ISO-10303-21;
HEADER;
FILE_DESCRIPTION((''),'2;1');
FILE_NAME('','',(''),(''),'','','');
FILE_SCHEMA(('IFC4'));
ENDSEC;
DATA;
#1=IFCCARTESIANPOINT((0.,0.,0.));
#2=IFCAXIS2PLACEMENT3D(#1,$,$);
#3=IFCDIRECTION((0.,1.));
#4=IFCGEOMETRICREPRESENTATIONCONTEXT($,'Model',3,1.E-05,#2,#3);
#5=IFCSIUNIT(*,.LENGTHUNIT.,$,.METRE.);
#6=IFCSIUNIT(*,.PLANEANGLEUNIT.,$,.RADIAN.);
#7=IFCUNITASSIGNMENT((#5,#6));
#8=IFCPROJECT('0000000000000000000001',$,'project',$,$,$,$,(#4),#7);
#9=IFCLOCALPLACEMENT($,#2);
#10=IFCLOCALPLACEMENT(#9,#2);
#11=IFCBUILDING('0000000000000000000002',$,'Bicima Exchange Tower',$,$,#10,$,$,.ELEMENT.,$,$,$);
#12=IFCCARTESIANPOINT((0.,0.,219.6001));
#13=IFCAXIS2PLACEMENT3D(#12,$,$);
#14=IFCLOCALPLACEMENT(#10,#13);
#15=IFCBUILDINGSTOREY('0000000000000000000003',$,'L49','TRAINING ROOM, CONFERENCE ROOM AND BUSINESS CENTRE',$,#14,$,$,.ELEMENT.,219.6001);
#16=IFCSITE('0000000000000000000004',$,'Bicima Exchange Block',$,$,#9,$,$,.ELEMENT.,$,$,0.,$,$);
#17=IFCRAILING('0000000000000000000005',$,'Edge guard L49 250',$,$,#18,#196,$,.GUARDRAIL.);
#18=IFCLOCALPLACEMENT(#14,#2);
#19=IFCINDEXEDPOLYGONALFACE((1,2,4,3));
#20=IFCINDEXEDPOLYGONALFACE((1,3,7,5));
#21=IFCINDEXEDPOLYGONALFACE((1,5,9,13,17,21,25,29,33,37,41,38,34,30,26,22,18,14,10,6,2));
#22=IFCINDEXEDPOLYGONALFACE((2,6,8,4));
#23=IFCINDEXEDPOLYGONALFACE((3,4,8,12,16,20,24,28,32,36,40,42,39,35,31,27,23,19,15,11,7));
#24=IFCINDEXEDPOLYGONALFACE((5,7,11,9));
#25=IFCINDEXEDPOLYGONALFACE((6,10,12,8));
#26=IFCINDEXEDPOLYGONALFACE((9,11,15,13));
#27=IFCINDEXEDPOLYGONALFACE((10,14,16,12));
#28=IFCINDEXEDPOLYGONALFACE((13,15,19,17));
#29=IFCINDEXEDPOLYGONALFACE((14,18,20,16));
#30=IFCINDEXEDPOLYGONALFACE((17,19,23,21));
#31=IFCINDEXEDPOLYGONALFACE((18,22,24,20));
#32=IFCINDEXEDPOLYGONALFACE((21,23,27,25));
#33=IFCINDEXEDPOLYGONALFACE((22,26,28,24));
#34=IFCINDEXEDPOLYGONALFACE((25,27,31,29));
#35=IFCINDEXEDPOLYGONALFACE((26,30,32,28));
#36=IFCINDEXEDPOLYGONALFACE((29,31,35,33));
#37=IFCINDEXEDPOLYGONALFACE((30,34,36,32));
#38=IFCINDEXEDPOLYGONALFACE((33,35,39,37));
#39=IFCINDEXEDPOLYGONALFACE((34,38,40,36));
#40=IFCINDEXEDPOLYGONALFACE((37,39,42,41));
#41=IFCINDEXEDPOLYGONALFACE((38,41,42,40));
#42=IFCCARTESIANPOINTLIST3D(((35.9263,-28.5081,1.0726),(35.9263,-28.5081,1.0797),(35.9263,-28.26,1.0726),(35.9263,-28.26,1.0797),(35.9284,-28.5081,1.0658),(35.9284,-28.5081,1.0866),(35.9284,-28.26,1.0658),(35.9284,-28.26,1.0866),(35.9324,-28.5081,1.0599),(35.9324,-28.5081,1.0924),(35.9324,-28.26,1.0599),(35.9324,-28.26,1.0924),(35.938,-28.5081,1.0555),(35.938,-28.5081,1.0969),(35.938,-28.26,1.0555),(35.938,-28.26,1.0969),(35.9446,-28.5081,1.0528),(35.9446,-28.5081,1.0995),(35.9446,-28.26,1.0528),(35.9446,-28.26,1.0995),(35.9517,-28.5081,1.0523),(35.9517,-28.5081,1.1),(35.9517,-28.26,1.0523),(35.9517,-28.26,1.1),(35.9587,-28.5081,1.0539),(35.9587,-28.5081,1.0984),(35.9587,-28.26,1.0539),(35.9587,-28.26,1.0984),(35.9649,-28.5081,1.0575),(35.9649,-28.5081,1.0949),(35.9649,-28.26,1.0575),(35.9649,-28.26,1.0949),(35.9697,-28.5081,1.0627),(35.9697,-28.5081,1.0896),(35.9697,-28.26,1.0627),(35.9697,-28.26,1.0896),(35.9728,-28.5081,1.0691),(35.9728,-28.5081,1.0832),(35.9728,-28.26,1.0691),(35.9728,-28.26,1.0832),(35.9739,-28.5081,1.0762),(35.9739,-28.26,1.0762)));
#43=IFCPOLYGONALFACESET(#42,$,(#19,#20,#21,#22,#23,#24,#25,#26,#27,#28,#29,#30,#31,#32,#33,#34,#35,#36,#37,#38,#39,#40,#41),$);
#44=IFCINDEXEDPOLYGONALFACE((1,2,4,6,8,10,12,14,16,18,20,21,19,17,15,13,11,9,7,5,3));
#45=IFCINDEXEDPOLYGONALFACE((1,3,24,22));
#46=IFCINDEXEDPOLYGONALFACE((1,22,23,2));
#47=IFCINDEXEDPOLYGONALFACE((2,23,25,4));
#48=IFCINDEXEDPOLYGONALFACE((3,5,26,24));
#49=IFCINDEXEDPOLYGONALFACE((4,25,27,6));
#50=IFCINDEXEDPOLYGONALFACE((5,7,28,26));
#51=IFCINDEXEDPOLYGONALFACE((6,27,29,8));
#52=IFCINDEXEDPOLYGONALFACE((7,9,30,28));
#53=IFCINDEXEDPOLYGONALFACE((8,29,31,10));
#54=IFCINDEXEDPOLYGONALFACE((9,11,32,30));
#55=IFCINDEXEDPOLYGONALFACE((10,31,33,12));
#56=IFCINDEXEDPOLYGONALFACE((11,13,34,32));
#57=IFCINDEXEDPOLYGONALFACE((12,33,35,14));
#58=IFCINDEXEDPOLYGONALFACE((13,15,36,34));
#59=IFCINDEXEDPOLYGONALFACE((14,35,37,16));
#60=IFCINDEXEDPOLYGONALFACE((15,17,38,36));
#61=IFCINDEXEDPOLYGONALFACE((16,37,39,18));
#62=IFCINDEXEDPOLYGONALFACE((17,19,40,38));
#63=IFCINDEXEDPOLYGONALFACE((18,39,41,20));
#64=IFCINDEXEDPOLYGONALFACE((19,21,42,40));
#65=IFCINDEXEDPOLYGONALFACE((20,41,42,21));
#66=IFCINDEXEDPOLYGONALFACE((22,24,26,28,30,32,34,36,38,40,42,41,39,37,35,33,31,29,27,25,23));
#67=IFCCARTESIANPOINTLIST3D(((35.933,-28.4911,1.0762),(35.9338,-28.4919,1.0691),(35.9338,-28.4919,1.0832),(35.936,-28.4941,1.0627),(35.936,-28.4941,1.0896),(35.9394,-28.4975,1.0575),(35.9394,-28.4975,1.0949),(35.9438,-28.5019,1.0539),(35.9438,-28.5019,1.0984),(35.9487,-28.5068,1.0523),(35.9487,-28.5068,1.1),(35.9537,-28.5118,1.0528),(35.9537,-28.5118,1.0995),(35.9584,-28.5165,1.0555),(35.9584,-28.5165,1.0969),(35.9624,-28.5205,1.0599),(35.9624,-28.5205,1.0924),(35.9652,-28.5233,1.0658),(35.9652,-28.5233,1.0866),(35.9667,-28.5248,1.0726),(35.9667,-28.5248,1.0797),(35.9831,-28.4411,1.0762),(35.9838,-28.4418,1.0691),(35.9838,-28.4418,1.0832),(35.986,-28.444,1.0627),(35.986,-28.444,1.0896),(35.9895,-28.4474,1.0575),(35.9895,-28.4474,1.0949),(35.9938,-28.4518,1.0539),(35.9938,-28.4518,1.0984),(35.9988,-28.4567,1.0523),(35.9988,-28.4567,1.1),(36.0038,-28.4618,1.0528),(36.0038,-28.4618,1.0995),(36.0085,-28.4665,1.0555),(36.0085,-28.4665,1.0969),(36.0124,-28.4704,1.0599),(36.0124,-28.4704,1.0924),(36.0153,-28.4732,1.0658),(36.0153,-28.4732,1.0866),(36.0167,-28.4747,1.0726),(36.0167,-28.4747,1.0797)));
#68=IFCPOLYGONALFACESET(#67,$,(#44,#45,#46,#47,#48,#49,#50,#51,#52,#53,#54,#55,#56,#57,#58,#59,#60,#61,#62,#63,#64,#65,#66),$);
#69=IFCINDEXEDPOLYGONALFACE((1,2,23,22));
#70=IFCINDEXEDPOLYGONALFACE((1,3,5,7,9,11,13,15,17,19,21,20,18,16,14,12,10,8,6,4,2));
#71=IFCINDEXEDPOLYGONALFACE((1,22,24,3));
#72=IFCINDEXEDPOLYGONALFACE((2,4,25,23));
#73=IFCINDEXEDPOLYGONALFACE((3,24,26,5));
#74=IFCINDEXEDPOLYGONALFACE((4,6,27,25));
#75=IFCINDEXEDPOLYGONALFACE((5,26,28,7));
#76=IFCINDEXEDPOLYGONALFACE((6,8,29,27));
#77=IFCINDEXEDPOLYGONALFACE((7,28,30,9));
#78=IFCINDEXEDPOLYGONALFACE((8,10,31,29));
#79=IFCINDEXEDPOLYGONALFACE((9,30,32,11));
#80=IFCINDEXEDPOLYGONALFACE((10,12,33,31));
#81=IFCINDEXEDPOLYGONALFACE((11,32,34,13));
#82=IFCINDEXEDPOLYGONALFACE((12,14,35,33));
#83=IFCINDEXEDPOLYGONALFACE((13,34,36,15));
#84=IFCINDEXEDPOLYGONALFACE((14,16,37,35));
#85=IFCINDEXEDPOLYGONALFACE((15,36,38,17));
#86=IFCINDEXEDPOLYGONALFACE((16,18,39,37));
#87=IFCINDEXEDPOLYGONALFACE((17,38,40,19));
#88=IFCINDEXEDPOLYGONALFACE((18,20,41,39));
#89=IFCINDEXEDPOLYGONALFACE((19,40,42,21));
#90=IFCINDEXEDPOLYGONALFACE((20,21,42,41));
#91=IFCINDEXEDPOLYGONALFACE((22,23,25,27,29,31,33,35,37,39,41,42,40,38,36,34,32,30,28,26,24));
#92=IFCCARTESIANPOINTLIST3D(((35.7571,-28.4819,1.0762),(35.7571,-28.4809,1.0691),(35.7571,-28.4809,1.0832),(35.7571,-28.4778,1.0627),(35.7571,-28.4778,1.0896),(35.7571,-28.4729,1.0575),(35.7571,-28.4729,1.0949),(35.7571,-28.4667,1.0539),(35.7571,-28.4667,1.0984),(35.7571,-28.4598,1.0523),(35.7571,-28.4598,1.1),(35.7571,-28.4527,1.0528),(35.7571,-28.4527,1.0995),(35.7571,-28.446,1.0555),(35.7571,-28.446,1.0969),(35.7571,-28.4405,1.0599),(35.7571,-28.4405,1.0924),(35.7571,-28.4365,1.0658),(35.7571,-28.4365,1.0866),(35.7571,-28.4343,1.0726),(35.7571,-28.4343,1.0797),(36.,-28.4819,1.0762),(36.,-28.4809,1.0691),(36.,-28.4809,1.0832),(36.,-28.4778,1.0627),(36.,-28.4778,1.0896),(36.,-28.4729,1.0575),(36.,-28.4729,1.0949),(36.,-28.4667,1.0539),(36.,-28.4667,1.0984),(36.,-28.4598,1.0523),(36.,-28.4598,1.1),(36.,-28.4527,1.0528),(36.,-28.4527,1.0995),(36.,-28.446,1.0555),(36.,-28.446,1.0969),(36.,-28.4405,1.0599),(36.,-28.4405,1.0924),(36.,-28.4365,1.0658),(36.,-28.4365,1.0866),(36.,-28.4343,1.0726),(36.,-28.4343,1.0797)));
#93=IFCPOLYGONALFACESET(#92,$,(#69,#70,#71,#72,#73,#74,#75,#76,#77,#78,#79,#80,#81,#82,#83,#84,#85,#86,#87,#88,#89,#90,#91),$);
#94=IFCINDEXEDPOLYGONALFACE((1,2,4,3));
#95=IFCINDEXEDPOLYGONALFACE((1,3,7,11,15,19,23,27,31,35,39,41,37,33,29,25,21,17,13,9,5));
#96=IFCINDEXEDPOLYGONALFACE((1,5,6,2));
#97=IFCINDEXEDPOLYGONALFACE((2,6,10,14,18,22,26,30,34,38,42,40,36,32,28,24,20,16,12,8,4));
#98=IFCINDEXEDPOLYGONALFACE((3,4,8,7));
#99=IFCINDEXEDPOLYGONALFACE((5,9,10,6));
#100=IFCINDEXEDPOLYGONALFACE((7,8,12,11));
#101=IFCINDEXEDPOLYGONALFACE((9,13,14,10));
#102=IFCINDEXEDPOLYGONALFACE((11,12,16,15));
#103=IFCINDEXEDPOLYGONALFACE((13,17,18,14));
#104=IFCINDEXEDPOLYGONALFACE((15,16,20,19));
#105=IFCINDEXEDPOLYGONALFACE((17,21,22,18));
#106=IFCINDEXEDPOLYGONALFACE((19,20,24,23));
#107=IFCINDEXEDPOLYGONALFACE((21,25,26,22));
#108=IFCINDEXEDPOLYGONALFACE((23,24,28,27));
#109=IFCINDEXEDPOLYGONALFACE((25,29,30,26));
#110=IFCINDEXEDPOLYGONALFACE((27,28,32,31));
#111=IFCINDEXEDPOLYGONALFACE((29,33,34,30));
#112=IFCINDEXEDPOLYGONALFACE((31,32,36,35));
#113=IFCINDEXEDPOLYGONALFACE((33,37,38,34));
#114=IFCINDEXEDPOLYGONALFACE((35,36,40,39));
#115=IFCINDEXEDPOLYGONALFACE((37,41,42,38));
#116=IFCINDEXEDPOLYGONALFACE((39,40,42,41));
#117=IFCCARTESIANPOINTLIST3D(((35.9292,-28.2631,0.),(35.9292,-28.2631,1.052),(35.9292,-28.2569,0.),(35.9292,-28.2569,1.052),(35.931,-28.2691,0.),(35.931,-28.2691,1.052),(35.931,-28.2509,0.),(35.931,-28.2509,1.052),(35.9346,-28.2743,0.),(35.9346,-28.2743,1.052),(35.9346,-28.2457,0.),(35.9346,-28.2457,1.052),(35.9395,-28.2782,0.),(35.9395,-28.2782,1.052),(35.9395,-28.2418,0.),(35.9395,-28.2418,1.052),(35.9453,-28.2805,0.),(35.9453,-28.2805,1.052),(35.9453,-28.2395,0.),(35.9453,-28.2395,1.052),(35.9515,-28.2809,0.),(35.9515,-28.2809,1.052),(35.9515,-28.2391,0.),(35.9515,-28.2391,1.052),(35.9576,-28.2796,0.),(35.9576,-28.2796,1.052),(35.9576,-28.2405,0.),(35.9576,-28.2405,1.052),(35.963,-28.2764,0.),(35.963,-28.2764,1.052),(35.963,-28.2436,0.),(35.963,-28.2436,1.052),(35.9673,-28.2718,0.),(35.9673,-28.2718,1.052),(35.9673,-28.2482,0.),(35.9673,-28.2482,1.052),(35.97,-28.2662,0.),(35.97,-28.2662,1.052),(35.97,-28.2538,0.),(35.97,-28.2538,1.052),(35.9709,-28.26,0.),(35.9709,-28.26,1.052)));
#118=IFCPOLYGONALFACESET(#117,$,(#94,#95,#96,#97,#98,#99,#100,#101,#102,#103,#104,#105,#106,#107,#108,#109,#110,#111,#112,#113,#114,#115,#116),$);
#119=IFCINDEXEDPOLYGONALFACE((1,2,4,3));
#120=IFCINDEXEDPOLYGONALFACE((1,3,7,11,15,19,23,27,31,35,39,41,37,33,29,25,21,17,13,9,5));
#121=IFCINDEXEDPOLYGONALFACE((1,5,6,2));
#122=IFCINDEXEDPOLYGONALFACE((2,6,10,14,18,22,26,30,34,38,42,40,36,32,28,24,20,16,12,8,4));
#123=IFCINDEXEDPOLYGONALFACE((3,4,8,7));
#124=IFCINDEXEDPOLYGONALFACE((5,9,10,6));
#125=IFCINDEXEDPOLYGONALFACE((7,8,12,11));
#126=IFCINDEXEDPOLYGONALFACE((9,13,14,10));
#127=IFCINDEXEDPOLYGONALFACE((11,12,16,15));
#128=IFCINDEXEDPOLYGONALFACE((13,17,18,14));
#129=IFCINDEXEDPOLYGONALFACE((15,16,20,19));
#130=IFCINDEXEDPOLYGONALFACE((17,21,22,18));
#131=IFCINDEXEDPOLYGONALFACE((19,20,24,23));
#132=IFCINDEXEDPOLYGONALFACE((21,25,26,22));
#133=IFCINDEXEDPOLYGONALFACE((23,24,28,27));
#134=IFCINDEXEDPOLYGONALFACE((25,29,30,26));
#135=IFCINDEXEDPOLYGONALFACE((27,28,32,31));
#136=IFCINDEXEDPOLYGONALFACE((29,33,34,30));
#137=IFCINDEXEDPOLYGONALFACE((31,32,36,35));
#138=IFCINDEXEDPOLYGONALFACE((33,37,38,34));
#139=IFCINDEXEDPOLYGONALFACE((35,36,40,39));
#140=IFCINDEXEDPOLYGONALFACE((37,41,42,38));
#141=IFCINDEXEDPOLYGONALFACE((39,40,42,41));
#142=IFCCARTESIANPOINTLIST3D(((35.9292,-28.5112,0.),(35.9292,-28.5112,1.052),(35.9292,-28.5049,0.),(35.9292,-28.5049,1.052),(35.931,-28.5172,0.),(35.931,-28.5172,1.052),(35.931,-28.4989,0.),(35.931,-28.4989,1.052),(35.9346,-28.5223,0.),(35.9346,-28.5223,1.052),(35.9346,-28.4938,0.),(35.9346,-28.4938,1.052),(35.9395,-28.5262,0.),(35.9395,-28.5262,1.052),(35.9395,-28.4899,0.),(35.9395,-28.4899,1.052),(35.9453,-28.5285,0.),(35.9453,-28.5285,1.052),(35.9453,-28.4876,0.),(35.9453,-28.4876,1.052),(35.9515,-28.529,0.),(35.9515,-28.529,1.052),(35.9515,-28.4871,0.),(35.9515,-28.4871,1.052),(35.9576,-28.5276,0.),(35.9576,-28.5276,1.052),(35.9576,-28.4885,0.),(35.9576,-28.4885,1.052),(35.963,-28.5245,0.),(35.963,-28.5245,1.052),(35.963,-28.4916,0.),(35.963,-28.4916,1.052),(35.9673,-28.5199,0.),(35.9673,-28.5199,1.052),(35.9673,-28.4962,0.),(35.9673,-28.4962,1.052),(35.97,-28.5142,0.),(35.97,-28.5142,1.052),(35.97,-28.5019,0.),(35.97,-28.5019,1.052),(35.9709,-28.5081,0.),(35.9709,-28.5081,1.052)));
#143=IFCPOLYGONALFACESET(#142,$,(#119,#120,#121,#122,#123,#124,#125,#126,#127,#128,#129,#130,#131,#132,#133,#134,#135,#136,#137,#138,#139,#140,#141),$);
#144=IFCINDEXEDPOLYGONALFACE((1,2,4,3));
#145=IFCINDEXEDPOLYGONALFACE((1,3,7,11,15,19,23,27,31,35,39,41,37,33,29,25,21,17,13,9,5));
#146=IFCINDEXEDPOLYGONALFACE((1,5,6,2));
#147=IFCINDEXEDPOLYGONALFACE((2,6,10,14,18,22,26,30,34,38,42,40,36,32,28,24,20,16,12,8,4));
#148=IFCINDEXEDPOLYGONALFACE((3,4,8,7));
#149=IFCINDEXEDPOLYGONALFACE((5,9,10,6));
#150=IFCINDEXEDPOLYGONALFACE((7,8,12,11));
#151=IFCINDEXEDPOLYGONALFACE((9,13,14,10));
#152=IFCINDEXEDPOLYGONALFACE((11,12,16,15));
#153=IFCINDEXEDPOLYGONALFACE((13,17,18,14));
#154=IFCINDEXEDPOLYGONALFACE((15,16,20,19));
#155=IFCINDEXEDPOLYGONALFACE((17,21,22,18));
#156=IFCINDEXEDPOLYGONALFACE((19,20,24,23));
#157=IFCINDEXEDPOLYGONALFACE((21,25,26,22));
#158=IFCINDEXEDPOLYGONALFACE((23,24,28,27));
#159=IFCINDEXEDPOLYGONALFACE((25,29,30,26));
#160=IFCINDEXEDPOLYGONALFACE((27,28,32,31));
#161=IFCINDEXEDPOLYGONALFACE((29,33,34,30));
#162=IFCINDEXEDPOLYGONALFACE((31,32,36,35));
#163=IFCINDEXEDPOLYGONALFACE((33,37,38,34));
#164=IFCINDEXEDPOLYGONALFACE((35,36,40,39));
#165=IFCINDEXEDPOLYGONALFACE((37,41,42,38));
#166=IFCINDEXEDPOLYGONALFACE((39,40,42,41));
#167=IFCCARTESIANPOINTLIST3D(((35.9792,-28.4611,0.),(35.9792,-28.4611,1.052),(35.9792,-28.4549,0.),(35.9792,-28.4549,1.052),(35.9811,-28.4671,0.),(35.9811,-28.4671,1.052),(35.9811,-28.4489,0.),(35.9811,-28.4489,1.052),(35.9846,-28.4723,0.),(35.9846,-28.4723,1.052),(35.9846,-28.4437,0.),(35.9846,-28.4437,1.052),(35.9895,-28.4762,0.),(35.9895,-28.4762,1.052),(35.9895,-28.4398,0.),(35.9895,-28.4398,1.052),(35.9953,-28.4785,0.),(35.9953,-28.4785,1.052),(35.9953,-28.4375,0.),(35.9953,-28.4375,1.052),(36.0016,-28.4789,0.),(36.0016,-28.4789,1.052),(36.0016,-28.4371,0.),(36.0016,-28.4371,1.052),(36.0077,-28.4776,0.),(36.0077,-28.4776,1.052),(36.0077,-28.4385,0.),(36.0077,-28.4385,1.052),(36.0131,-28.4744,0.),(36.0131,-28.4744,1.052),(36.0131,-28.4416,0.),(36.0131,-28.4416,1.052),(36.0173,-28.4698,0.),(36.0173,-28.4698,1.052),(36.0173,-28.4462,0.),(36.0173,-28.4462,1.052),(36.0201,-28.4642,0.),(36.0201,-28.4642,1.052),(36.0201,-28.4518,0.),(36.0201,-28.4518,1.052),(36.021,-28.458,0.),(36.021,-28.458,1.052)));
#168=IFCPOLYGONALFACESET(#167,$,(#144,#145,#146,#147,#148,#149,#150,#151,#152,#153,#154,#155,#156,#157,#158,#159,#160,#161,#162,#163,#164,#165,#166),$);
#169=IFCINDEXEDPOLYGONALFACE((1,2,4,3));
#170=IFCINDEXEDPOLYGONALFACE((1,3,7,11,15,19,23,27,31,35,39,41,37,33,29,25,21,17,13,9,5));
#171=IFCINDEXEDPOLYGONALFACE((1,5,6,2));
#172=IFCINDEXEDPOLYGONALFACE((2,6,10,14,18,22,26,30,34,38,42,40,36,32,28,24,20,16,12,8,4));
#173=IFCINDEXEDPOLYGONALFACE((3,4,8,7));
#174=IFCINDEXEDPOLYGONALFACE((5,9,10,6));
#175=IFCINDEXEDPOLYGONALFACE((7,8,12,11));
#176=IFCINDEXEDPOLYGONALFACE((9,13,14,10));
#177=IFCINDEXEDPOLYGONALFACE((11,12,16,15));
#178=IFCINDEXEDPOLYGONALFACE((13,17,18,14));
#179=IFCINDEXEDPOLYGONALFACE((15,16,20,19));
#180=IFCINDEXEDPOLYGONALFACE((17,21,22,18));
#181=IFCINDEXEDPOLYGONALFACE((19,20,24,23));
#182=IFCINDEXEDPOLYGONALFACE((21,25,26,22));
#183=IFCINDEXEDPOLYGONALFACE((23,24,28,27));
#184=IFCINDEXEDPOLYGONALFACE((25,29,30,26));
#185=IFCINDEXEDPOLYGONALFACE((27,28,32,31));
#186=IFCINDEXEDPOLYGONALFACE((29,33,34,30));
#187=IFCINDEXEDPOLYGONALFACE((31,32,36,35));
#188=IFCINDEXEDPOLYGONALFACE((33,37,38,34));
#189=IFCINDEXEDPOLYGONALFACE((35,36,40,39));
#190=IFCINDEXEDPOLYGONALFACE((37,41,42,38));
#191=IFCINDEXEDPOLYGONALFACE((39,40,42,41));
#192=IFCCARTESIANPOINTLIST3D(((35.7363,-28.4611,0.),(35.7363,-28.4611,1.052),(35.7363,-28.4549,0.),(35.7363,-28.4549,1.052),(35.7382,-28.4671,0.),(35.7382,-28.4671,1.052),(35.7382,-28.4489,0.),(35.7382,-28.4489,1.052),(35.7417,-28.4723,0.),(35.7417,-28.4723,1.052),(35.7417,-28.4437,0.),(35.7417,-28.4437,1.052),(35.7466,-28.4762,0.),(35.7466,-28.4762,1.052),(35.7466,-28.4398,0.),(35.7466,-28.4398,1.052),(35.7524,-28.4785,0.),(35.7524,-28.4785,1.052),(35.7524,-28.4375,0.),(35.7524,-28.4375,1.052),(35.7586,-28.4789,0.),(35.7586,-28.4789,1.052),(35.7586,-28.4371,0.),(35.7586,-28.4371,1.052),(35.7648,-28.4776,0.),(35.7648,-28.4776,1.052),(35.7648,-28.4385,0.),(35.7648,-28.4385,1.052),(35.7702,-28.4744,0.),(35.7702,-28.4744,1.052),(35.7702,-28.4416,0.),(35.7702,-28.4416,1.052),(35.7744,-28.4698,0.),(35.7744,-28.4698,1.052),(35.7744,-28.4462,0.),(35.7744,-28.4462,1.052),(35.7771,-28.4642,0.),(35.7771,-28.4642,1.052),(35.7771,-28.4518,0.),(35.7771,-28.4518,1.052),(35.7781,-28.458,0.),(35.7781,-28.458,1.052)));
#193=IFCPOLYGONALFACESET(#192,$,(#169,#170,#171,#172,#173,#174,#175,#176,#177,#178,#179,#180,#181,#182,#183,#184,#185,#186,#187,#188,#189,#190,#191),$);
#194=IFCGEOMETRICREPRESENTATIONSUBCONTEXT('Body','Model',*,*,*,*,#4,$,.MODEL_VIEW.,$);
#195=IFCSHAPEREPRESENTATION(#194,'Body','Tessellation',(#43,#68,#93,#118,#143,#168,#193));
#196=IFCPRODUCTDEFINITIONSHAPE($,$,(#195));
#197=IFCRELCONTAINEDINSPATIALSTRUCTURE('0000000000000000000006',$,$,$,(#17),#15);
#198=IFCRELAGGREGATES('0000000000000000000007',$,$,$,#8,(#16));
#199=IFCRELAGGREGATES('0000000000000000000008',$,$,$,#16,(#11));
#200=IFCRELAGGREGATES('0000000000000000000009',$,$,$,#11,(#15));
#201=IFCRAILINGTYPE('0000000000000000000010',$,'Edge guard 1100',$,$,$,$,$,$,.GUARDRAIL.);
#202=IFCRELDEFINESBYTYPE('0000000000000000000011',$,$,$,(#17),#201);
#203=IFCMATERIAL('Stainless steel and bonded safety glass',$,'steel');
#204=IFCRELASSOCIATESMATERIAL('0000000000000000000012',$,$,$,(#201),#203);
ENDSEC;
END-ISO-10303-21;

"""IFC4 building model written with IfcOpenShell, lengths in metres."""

from ifc_helpers import new_model, si_unit, direction, frame, origin, origin_2d, place, context, subcontext, project, spatial, circle, extrude, material, type_object, element, save


model = new_model("IFC4")

# Units and contexts
model_context = context("Model", 3, precision=1e-05, world=origin(), true_north=direction((0.0, 1.0)))
body_context = subcontext(model_context, "Body", "Model", "MODEL_VIEW")
ifc_project = project(units=[si_unit("LENGTHUNIT", "METRE"), si_unit("PLANEANGLEUNIT", "RADIAN")], contexts=[model_context])

# Site, building, storey
site_placement = place(None, origin())
site = spatial("IfcSite", under=ifc_project, at=site_placement, Name="Bicima Exchange Block", CompositionType="ELEMENT", RefElevation=0.0)
building_placement = place(site_placement, origin())
building = spatial("IfcBuilding", under=site, at=building_placement, Name="Bicima Exchange Tower", CompositionType="ELEMENT")
storey_placement = place(building_placement, frame((0.0, 0.0, 219.6001)))
storey = spatial("IfcBuildingStorey", under=building, at=storey_placement, Name="L49", Description="TRAINING ROOM, CONFERENCE ROOM AND BUSINESS CENTRE", CompositionType="ELEMENT", Elevation=219.6001)

# Railing
ifc_material_1 = material(Name="Stainless steel and bonded safety glass", Category="steel")
railing_type = type_object("IfcRailingType", Name="Edge guard 1100", PredefinedType="GUARDRAIL", material=ifc_material_1)
railing_placement = place(storey_placement, frame((35.95, -28.26, 0.0)))
element("IfcRailing", 1, at=railing_placement, inside=storey, type_object=railing_type, Name="Edge guard L49 250", PredefinedType="GUARDRAIL", context=body_context, shape_type="SweptSolid", body=[
    extrude(circle(Radius=0.0239, at=origin_2d()), frame((0.0, 0.0, 1.0762), z_axis=(0.0, -1.0, 0.0), x_axis=(1.0, 0.0, 0.0)), (0.0, 0.0, 1.0), 0.248),
    extrude(circle(Radius=0.0239, at=origin_2d()), frame((0.0, -0.248, 1.0762), z_axis=(0.707107, 0.707107, 0.0), x_axis=(-0.707107, 0.707107, 0.0)), (0.0, 0.0, 1.0), 0.0708),
    extrude(circle(Radius=0.0239, at=origin_2d()), frame((0.05, -0.198, 1.0762), z_axis=(-1.0, 0.0, 0.0), x_axis=(0.0, -1.0, 0.0)), (0.0, 0.0, 1.0), 0.2429),
    extrude(circle(Radius=0.021, at=origin_2d()), origin(), (0.0, 0.0, 1.0), 1.052),
    extrude(circle(Radius=0.021, at=origin_2d()), frame((0.0, -0.248, 0.0)), (0.0, 0.0, 1.0), 1.052),
    extrude(circle(Radius=0.021, at=origin_2d()), frame((0.05, -0.198, 0.0)), (0.0, 0.0, 1.0), 1.052),
    extrude(circle(Radius=0.021, at=origin_2d()), frame((-0.1929, -0.198, 0.0)), (0.0, 0.0, 1.0), 1.052),
])

save(model, "model.ifc")
